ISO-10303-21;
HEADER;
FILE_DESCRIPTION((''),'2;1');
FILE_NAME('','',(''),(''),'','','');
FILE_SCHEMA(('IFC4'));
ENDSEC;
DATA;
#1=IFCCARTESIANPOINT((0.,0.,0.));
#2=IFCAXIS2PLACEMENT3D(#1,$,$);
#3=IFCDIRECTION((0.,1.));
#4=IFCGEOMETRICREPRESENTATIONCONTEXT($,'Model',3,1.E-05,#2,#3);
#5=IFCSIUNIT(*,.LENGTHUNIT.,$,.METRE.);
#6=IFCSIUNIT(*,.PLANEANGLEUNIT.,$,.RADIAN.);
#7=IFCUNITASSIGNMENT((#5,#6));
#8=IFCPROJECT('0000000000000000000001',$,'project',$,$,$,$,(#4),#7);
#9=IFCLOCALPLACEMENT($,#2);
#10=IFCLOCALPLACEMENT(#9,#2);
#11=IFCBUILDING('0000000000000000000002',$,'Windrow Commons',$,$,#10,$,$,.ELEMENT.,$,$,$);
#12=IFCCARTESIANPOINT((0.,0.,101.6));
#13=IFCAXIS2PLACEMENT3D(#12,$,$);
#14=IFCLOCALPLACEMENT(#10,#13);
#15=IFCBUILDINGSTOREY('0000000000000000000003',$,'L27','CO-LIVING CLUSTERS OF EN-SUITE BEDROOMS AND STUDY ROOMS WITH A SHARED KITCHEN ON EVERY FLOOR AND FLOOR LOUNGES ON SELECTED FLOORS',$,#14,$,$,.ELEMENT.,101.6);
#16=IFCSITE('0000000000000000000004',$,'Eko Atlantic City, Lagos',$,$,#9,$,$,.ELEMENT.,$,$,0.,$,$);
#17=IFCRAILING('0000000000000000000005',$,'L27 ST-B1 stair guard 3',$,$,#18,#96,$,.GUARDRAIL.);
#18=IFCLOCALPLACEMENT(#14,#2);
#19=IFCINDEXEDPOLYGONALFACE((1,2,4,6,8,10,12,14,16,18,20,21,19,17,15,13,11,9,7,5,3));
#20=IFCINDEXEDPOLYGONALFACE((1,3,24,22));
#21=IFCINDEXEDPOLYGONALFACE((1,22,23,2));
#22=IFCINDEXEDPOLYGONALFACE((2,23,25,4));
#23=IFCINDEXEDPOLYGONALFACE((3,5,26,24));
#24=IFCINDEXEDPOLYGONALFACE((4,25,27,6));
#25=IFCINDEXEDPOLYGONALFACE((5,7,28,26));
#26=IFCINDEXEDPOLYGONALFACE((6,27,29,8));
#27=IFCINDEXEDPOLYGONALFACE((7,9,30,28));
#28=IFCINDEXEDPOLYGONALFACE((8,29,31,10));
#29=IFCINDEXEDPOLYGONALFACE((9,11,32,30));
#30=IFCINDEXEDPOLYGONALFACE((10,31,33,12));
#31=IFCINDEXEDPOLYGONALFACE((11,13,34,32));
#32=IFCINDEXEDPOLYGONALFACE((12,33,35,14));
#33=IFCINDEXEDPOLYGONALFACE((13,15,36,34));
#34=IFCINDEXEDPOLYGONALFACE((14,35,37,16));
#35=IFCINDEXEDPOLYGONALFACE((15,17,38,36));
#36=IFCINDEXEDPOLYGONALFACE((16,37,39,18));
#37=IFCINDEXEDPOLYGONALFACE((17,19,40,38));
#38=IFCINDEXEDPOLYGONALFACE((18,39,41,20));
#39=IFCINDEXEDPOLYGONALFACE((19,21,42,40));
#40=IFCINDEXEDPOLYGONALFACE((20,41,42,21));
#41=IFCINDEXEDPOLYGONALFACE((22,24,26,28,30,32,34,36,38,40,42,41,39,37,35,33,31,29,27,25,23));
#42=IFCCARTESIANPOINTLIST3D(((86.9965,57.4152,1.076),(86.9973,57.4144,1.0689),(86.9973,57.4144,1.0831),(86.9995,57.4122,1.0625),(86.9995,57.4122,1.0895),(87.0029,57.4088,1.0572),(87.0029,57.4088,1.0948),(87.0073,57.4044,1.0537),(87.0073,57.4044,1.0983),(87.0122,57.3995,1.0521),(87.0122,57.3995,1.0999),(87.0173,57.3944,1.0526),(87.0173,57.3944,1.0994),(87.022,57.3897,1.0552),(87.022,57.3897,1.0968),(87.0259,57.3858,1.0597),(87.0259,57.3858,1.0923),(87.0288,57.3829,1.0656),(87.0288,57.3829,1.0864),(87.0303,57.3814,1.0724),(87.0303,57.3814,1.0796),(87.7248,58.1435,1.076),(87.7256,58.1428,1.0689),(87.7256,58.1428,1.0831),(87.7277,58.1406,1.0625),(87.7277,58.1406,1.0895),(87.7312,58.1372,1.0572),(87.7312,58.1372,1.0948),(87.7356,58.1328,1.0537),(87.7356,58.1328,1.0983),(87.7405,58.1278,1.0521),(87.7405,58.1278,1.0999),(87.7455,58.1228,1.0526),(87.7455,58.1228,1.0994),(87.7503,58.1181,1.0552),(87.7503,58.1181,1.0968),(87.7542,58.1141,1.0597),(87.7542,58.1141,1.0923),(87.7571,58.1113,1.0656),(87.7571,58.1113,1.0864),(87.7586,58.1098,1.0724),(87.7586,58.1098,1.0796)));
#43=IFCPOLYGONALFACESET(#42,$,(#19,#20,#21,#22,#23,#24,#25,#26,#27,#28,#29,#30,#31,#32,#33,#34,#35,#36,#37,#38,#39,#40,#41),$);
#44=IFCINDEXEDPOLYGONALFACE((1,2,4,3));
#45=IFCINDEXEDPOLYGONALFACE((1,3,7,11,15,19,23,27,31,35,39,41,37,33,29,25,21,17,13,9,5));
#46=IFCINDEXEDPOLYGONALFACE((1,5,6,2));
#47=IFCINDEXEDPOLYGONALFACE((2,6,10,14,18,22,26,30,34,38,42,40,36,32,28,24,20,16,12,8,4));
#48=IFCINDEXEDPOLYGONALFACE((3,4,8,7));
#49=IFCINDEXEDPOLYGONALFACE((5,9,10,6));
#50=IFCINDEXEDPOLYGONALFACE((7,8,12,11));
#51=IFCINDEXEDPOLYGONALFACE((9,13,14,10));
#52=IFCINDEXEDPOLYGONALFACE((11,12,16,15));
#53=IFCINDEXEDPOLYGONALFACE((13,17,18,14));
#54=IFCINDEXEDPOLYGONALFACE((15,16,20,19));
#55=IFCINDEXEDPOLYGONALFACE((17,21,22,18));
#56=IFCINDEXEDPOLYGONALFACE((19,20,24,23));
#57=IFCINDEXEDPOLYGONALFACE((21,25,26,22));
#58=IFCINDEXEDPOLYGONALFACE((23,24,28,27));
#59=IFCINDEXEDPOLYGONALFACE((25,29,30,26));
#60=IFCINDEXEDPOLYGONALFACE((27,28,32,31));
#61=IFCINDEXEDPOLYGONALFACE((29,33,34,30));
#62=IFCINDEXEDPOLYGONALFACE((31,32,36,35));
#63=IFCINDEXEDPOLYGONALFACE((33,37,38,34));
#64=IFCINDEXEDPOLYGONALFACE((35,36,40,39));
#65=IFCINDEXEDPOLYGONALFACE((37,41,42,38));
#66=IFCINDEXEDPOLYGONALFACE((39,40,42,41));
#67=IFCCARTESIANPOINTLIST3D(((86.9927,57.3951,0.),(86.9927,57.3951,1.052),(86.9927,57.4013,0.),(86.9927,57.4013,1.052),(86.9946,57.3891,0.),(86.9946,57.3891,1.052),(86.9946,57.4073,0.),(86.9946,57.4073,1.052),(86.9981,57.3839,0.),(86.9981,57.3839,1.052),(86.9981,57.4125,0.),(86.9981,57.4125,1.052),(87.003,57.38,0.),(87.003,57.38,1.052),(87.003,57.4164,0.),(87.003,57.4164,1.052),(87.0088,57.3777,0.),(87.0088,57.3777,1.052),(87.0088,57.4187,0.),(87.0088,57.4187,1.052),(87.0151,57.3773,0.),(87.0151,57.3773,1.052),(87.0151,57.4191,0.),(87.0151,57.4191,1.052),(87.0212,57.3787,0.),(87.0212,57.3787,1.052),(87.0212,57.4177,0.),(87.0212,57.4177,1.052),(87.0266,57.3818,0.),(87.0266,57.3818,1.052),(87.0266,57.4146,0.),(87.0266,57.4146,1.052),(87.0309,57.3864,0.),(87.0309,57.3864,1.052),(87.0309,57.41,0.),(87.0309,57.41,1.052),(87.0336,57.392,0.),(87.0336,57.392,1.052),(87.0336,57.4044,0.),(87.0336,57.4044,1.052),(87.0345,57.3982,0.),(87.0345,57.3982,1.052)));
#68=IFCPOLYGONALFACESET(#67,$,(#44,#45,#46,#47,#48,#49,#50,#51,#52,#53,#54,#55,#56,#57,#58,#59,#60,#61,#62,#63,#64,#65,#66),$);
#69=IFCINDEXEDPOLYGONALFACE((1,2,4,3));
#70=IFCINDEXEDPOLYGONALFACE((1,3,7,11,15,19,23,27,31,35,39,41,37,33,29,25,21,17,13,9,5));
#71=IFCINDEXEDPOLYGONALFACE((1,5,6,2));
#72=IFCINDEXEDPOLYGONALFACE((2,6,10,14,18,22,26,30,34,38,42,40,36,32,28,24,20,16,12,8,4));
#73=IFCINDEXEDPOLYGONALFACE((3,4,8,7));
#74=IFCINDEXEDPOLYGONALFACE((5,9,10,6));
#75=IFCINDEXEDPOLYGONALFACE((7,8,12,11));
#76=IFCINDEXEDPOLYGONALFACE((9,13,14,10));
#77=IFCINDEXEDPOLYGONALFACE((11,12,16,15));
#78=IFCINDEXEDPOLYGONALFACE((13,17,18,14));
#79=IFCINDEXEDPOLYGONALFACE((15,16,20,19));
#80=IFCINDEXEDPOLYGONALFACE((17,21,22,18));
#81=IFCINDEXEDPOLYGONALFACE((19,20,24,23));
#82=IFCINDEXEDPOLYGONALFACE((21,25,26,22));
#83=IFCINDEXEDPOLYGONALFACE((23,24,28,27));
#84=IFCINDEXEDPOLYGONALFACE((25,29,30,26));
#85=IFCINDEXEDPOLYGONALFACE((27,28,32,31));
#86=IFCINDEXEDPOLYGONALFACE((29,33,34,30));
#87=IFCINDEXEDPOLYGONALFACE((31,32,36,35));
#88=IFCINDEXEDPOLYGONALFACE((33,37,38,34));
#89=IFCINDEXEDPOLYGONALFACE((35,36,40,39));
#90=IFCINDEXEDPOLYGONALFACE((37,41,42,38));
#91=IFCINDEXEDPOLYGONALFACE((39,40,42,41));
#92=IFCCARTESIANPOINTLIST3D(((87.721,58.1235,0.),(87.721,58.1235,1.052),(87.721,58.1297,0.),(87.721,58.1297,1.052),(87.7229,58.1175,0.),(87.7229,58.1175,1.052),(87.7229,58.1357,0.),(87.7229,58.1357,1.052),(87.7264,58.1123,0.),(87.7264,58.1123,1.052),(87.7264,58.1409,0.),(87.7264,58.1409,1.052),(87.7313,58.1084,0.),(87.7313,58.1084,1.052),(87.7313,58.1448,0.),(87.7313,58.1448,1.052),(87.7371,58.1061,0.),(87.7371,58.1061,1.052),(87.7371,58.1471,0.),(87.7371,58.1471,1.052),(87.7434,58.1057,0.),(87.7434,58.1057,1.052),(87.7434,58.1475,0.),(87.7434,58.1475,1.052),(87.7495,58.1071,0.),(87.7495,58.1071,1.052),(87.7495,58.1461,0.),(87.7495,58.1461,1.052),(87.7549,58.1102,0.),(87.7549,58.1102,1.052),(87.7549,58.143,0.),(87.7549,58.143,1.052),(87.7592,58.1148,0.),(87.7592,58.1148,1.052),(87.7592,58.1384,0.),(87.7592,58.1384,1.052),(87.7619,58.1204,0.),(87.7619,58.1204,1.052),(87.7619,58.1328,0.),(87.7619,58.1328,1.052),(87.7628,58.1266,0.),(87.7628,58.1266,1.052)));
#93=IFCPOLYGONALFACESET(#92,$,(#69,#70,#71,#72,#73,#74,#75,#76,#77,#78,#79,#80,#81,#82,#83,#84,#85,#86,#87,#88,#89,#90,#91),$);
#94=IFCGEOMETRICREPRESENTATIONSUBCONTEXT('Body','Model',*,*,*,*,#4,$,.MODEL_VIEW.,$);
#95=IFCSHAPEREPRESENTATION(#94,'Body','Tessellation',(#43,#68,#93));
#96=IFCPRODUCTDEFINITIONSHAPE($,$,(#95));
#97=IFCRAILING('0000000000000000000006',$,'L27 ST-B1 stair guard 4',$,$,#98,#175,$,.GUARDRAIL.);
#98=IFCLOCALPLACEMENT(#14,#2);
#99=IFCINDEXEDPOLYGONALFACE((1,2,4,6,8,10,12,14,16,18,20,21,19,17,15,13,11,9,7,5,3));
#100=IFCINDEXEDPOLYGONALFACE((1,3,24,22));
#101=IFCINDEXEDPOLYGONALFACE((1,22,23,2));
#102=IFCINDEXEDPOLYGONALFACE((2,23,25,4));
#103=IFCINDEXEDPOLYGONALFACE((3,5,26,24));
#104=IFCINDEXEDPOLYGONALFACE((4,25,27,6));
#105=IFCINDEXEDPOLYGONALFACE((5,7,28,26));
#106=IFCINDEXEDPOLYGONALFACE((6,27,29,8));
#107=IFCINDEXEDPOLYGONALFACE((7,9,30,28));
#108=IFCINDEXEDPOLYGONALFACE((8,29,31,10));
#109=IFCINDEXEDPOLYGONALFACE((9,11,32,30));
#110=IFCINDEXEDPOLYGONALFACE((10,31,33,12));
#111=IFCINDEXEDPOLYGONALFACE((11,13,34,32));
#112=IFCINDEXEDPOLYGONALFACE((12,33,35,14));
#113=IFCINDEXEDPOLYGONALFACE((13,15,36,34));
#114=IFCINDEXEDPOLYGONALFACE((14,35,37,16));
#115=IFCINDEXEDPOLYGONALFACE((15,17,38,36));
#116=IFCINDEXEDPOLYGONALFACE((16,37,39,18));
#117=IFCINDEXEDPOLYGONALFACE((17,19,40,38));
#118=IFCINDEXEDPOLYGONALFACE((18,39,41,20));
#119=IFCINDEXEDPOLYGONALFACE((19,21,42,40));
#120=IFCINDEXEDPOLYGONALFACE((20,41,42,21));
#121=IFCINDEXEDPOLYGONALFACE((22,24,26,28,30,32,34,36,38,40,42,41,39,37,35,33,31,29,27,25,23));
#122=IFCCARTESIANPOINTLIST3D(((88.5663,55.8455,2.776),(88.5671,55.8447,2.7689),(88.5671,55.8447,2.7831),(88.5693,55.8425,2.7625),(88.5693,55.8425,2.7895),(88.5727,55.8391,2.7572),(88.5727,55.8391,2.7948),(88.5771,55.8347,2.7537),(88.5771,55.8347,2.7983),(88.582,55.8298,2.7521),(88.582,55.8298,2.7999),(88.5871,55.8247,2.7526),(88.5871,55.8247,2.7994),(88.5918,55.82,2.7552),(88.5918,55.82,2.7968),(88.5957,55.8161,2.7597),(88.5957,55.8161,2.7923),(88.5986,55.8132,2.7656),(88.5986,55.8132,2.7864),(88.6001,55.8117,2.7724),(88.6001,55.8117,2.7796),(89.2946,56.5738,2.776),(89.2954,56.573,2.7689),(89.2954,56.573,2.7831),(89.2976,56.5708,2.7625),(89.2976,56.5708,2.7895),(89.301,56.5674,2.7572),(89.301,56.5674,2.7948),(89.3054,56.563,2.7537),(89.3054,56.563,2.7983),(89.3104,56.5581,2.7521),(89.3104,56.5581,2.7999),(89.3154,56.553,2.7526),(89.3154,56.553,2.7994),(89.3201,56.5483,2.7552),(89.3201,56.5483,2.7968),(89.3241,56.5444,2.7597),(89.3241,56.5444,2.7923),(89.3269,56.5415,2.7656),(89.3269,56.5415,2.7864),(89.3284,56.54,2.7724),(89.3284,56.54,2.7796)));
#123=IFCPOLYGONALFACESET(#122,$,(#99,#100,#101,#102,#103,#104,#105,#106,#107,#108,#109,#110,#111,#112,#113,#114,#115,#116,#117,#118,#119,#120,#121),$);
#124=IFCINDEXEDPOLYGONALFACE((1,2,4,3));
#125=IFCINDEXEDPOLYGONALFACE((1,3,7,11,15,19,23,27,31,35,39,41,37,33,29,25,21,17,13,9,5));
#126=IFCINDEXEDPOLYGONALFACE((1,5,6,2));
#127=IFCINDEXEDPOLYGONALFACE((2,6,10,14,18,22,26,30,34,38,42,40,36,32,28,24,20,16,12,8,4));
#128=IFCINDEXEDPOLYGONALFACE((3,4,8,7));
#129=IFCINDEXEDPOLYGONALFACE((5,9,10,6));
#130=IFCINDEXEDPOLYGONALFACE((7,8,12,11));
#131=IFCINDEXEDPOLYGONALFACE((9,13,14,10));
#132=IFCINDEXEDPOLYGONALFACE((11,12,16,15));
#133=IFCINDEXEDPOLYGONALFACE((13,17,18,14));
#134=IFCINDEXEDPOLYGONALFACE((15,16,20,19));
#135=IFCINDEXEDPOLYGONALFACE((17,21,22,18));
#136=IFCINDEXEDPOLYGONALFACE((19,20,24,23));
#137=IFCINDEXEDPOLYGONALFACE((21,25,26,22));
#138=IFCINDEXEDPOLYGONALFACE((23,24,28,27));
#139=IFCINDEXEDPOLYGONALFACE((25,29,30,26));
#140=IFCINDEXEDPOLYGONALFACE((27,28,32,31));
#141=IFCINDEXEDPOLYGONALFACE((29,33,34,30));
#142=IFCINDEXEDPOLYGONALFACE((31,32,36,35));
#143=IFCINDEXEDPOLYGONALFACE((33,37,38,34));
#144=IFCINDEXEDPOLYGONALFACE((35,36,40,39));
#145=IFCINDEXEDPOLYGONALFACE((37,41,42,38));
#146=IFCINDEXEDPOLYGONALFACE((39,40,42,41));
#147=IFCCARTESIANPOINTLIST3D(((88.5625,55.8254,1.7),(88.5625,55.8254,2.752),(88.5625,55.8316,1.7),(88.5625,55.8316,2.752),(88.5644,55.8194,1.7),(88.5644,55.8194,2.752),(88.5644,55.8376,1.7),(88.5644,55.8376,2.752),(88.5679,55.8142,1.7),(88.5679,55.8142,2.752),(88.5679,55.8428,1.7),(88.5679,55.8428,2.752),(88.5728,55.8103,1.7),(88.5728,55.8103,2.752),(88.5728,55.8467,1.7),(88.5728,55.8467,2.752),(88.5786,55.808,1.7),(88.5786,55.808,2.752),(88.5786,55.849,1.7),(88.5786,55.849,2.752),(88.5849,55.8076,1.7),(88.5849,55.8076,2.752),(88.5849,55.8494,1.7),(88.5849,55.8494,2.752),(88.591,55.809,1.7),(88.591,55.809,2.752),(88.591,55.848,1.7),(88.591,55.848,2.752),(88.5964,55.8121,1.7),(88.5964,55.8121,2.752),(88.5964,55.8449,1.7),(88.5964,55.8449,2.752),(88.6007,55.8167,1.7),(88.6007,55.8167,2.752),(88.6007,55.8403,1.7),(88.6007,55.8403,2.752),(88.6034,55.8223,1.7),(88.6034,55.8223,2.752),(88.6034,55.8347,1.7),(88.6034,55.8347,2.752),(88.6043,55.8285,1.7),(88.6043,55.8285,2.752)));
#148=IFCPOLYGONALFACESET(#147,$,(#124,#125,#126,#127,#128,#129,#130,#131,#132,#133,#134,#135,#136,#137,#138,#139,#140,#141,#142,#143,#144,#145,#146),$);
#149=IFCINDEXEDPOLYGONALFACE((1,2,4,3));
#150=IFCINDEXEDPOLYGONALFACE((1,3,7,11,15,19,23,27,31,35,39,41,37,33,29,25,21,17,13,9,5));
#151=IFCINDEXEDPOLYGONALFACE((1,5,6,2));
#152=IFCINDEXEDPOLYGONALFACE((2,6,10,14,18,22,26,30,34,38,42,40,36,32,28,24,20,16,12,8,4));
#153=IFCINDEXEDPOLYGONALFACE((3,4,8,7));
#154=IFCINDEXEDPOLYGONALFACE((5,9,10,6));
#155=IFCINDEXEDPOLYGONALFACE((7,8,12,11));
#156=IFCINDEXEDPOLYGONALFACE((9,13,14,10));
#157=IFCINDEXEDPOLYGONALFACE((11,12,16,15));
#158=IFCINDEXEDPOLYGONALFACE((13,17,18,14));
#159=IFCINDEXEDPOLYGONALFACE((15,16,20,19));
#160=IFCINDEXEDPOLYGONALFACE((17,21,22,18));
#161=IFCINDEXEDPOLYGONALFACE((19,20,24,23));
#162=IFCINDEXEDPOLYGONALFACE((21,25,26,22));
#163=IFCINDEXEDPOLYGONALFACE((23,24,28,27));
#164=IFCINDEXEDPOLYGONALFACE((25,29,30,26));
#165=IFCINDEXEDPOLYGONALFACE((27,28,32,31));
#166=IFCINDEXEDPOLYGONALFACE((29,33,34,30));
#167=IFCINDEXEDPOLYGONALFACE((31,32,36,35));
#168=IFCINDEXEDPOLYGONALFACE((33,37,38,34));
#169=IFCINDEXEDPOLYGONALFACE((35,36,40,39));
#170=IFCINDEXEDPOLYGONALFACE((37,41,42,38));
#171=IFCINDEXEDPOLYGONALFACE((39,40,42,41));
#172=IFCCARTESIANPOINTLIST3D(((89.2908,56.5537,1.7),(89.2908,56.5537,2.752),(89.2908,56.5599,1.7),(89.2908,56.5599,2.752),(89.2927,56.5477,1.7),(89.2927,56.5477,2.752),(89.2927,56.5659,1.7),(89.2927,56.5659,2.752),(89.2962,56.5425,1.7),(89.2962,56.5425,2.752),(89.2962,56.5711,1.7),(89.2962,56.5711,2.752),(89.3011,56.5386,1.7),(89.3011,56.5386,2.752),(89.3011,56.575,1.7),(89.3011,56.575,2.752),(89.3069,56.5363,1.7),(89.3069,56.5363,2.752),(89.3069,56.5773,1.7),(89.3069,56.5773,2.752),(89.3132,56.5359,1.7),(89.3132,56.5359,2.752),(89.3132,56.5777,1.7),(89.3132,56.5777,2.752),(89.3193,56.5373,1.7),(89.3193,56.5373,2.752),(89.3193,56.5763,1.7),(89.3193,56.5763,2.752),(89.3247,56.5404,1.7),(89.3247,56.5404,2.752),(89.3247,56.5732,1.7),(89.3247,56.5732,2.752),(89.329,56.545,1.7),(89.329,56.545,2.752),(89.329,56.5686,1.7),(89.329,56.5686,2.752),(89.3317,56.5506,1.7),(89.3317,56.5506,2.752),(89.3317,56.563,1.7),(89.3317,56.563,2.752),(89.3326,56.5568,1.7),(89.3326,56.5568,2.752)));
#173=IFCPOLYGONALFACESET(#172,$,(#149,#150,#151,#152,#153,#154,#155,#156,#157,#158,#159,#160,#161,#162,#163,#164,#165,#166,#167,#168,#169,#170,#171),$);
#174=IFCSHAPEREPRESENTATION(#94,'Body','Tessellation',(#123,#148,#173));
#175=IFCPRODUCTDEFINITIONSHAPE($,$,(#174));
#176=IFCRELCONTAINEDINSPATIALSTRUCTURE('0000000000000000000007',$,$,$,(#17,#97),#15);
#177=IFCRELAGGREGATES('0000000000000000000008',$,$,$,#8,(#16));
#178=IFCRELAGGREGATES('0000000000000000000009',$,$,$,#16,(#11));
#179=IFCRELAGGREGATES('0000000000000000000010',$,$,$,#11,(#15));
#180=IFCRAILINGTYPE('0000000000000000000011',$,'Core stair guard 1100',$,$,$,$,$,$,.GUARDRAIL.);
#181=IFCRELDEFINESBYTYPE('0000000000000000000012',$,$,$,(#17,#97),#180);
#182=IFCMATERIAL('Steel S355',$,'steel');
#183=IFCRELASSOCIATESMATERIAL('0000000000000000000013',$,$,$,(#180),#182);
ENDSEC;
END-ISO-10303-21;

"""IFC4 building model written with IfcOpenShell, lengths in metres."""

from ifc_helpers import new_model, si_unit, direction, frame, origin, origin_2d, place, context, subcontext, project, spatial, circle, extrude, material, type_object, element, save


model = new_model("IFC4")

# Units and contexts
model_context = context("Model", 3, precision=1e-05, world=origin(), true_north=direction((0.0, 1.0)))
body_context = subcontext(model_context, "Body", "Model", "MODEL_VIEW")
ifc_project = project(units=[si_unit("LENGTHUNIT", "METRE"), si_unit("PLANEANGLEUNIT", "RADIAN")], contexts=[model_context])

# Site, building, storey
site_placement = place(None, origin())
site = spatial("IfcSite", under=ifc_project, at=site_placement, Name="Eko Atlantic City, Lagos", CompositionType="ELEMENT", RefElevation=0.0)
building_placement = place(site_placement, origin())
building = spatial("IfcBuilding", under=site, at=building_placement, Name="Windrow Commons", CompositionType="ELEMENT")
storey_placement = place(building_placement, frame((0.0, 0.0, 101.6)))
storey = spatial("IfcBuildingStorey", under=building, at=storey_placement, Name="L27", Description="CO-LIVING CLUSTERS OF EN-SUITE BEDROOMS AND STUDY ROOMS WITH A SHARED KITCHEN ON EVERY FLOOR AND FLOOR LOUNGES ON SELECTED FLOORS", CompositionType="ELEMENT", Elevation=101.6)

# Railings
ifc_material_1 = material(Name="Steel S355", Category="steel")
railing_type_1 = type_object("IfcRailingType", Name="Core stair guard 1100", PredefinedType="GUARDRAIL", material=ifc_material_1)
railing_1_placement = place(storey_placement, frame((87.0135, 57.3982, 0.0)))
element("IfcRailing", 1, at=railing_1_placement, inside=storey, type_object=railing_type_1, Name="L27 ST-B1 stair guard 3", PredefinedType="GUARDRAIL", context=body_context, shape_type="SweptSolid", body=[
    extrude(circle(Radius=0.024, at=origin_2d()), frame((0.0, 0.0, 1.076), z_axis=(0.707058, 0.707155, 0.0), x_axis=(-0.707155, 0.707058, 0.0)), (0.0, 0.0, 1.0), 1.03),
    extrude(circle(Radius=0.021, at=origin_2d()), origin(), (0.0, 0.0, 1.0), 1.052),
    extrude(circle(Radius=0.021, at=origin_2d()), frame((0.7283, 0.7284, 0.0)), (0.0, 0.0, 1.0), 1.052),
])
railing_2_placement = place(storey_placement, frame((88.5833, 55.8285, 1.7)))
element("IfcRailing", 2, at=railing_2_placement, inside=storey, type_object=railing_type_1, Name="L27 ST-B1 stair guard 4", PredefinedType="GUARDRAIL", context=body_context, shape_type="SweptSolid", body=[
    extrude(circle(Radius=0.024, at=origin_2d()), frame((0.0, 0.0, 1.076), z_axis=(0.707107, 0.707107, 0.0), x_axis=(-0.707107, 0.707107, 0.0)), (0.0, 0.0, 1.0), 1.03),
    extrude(circle(Radius=0.021, at=origin_2d()), origin(), (0.0, 0.0, 1.0), 1.052),
    extrude(circle(Radius=0.021, at=origin_2d()), frame((0.7283, 0.7283, 0.0)), (0.0, 0.0, 1.0), 1.052),
])

save(model, "model.ifc")
